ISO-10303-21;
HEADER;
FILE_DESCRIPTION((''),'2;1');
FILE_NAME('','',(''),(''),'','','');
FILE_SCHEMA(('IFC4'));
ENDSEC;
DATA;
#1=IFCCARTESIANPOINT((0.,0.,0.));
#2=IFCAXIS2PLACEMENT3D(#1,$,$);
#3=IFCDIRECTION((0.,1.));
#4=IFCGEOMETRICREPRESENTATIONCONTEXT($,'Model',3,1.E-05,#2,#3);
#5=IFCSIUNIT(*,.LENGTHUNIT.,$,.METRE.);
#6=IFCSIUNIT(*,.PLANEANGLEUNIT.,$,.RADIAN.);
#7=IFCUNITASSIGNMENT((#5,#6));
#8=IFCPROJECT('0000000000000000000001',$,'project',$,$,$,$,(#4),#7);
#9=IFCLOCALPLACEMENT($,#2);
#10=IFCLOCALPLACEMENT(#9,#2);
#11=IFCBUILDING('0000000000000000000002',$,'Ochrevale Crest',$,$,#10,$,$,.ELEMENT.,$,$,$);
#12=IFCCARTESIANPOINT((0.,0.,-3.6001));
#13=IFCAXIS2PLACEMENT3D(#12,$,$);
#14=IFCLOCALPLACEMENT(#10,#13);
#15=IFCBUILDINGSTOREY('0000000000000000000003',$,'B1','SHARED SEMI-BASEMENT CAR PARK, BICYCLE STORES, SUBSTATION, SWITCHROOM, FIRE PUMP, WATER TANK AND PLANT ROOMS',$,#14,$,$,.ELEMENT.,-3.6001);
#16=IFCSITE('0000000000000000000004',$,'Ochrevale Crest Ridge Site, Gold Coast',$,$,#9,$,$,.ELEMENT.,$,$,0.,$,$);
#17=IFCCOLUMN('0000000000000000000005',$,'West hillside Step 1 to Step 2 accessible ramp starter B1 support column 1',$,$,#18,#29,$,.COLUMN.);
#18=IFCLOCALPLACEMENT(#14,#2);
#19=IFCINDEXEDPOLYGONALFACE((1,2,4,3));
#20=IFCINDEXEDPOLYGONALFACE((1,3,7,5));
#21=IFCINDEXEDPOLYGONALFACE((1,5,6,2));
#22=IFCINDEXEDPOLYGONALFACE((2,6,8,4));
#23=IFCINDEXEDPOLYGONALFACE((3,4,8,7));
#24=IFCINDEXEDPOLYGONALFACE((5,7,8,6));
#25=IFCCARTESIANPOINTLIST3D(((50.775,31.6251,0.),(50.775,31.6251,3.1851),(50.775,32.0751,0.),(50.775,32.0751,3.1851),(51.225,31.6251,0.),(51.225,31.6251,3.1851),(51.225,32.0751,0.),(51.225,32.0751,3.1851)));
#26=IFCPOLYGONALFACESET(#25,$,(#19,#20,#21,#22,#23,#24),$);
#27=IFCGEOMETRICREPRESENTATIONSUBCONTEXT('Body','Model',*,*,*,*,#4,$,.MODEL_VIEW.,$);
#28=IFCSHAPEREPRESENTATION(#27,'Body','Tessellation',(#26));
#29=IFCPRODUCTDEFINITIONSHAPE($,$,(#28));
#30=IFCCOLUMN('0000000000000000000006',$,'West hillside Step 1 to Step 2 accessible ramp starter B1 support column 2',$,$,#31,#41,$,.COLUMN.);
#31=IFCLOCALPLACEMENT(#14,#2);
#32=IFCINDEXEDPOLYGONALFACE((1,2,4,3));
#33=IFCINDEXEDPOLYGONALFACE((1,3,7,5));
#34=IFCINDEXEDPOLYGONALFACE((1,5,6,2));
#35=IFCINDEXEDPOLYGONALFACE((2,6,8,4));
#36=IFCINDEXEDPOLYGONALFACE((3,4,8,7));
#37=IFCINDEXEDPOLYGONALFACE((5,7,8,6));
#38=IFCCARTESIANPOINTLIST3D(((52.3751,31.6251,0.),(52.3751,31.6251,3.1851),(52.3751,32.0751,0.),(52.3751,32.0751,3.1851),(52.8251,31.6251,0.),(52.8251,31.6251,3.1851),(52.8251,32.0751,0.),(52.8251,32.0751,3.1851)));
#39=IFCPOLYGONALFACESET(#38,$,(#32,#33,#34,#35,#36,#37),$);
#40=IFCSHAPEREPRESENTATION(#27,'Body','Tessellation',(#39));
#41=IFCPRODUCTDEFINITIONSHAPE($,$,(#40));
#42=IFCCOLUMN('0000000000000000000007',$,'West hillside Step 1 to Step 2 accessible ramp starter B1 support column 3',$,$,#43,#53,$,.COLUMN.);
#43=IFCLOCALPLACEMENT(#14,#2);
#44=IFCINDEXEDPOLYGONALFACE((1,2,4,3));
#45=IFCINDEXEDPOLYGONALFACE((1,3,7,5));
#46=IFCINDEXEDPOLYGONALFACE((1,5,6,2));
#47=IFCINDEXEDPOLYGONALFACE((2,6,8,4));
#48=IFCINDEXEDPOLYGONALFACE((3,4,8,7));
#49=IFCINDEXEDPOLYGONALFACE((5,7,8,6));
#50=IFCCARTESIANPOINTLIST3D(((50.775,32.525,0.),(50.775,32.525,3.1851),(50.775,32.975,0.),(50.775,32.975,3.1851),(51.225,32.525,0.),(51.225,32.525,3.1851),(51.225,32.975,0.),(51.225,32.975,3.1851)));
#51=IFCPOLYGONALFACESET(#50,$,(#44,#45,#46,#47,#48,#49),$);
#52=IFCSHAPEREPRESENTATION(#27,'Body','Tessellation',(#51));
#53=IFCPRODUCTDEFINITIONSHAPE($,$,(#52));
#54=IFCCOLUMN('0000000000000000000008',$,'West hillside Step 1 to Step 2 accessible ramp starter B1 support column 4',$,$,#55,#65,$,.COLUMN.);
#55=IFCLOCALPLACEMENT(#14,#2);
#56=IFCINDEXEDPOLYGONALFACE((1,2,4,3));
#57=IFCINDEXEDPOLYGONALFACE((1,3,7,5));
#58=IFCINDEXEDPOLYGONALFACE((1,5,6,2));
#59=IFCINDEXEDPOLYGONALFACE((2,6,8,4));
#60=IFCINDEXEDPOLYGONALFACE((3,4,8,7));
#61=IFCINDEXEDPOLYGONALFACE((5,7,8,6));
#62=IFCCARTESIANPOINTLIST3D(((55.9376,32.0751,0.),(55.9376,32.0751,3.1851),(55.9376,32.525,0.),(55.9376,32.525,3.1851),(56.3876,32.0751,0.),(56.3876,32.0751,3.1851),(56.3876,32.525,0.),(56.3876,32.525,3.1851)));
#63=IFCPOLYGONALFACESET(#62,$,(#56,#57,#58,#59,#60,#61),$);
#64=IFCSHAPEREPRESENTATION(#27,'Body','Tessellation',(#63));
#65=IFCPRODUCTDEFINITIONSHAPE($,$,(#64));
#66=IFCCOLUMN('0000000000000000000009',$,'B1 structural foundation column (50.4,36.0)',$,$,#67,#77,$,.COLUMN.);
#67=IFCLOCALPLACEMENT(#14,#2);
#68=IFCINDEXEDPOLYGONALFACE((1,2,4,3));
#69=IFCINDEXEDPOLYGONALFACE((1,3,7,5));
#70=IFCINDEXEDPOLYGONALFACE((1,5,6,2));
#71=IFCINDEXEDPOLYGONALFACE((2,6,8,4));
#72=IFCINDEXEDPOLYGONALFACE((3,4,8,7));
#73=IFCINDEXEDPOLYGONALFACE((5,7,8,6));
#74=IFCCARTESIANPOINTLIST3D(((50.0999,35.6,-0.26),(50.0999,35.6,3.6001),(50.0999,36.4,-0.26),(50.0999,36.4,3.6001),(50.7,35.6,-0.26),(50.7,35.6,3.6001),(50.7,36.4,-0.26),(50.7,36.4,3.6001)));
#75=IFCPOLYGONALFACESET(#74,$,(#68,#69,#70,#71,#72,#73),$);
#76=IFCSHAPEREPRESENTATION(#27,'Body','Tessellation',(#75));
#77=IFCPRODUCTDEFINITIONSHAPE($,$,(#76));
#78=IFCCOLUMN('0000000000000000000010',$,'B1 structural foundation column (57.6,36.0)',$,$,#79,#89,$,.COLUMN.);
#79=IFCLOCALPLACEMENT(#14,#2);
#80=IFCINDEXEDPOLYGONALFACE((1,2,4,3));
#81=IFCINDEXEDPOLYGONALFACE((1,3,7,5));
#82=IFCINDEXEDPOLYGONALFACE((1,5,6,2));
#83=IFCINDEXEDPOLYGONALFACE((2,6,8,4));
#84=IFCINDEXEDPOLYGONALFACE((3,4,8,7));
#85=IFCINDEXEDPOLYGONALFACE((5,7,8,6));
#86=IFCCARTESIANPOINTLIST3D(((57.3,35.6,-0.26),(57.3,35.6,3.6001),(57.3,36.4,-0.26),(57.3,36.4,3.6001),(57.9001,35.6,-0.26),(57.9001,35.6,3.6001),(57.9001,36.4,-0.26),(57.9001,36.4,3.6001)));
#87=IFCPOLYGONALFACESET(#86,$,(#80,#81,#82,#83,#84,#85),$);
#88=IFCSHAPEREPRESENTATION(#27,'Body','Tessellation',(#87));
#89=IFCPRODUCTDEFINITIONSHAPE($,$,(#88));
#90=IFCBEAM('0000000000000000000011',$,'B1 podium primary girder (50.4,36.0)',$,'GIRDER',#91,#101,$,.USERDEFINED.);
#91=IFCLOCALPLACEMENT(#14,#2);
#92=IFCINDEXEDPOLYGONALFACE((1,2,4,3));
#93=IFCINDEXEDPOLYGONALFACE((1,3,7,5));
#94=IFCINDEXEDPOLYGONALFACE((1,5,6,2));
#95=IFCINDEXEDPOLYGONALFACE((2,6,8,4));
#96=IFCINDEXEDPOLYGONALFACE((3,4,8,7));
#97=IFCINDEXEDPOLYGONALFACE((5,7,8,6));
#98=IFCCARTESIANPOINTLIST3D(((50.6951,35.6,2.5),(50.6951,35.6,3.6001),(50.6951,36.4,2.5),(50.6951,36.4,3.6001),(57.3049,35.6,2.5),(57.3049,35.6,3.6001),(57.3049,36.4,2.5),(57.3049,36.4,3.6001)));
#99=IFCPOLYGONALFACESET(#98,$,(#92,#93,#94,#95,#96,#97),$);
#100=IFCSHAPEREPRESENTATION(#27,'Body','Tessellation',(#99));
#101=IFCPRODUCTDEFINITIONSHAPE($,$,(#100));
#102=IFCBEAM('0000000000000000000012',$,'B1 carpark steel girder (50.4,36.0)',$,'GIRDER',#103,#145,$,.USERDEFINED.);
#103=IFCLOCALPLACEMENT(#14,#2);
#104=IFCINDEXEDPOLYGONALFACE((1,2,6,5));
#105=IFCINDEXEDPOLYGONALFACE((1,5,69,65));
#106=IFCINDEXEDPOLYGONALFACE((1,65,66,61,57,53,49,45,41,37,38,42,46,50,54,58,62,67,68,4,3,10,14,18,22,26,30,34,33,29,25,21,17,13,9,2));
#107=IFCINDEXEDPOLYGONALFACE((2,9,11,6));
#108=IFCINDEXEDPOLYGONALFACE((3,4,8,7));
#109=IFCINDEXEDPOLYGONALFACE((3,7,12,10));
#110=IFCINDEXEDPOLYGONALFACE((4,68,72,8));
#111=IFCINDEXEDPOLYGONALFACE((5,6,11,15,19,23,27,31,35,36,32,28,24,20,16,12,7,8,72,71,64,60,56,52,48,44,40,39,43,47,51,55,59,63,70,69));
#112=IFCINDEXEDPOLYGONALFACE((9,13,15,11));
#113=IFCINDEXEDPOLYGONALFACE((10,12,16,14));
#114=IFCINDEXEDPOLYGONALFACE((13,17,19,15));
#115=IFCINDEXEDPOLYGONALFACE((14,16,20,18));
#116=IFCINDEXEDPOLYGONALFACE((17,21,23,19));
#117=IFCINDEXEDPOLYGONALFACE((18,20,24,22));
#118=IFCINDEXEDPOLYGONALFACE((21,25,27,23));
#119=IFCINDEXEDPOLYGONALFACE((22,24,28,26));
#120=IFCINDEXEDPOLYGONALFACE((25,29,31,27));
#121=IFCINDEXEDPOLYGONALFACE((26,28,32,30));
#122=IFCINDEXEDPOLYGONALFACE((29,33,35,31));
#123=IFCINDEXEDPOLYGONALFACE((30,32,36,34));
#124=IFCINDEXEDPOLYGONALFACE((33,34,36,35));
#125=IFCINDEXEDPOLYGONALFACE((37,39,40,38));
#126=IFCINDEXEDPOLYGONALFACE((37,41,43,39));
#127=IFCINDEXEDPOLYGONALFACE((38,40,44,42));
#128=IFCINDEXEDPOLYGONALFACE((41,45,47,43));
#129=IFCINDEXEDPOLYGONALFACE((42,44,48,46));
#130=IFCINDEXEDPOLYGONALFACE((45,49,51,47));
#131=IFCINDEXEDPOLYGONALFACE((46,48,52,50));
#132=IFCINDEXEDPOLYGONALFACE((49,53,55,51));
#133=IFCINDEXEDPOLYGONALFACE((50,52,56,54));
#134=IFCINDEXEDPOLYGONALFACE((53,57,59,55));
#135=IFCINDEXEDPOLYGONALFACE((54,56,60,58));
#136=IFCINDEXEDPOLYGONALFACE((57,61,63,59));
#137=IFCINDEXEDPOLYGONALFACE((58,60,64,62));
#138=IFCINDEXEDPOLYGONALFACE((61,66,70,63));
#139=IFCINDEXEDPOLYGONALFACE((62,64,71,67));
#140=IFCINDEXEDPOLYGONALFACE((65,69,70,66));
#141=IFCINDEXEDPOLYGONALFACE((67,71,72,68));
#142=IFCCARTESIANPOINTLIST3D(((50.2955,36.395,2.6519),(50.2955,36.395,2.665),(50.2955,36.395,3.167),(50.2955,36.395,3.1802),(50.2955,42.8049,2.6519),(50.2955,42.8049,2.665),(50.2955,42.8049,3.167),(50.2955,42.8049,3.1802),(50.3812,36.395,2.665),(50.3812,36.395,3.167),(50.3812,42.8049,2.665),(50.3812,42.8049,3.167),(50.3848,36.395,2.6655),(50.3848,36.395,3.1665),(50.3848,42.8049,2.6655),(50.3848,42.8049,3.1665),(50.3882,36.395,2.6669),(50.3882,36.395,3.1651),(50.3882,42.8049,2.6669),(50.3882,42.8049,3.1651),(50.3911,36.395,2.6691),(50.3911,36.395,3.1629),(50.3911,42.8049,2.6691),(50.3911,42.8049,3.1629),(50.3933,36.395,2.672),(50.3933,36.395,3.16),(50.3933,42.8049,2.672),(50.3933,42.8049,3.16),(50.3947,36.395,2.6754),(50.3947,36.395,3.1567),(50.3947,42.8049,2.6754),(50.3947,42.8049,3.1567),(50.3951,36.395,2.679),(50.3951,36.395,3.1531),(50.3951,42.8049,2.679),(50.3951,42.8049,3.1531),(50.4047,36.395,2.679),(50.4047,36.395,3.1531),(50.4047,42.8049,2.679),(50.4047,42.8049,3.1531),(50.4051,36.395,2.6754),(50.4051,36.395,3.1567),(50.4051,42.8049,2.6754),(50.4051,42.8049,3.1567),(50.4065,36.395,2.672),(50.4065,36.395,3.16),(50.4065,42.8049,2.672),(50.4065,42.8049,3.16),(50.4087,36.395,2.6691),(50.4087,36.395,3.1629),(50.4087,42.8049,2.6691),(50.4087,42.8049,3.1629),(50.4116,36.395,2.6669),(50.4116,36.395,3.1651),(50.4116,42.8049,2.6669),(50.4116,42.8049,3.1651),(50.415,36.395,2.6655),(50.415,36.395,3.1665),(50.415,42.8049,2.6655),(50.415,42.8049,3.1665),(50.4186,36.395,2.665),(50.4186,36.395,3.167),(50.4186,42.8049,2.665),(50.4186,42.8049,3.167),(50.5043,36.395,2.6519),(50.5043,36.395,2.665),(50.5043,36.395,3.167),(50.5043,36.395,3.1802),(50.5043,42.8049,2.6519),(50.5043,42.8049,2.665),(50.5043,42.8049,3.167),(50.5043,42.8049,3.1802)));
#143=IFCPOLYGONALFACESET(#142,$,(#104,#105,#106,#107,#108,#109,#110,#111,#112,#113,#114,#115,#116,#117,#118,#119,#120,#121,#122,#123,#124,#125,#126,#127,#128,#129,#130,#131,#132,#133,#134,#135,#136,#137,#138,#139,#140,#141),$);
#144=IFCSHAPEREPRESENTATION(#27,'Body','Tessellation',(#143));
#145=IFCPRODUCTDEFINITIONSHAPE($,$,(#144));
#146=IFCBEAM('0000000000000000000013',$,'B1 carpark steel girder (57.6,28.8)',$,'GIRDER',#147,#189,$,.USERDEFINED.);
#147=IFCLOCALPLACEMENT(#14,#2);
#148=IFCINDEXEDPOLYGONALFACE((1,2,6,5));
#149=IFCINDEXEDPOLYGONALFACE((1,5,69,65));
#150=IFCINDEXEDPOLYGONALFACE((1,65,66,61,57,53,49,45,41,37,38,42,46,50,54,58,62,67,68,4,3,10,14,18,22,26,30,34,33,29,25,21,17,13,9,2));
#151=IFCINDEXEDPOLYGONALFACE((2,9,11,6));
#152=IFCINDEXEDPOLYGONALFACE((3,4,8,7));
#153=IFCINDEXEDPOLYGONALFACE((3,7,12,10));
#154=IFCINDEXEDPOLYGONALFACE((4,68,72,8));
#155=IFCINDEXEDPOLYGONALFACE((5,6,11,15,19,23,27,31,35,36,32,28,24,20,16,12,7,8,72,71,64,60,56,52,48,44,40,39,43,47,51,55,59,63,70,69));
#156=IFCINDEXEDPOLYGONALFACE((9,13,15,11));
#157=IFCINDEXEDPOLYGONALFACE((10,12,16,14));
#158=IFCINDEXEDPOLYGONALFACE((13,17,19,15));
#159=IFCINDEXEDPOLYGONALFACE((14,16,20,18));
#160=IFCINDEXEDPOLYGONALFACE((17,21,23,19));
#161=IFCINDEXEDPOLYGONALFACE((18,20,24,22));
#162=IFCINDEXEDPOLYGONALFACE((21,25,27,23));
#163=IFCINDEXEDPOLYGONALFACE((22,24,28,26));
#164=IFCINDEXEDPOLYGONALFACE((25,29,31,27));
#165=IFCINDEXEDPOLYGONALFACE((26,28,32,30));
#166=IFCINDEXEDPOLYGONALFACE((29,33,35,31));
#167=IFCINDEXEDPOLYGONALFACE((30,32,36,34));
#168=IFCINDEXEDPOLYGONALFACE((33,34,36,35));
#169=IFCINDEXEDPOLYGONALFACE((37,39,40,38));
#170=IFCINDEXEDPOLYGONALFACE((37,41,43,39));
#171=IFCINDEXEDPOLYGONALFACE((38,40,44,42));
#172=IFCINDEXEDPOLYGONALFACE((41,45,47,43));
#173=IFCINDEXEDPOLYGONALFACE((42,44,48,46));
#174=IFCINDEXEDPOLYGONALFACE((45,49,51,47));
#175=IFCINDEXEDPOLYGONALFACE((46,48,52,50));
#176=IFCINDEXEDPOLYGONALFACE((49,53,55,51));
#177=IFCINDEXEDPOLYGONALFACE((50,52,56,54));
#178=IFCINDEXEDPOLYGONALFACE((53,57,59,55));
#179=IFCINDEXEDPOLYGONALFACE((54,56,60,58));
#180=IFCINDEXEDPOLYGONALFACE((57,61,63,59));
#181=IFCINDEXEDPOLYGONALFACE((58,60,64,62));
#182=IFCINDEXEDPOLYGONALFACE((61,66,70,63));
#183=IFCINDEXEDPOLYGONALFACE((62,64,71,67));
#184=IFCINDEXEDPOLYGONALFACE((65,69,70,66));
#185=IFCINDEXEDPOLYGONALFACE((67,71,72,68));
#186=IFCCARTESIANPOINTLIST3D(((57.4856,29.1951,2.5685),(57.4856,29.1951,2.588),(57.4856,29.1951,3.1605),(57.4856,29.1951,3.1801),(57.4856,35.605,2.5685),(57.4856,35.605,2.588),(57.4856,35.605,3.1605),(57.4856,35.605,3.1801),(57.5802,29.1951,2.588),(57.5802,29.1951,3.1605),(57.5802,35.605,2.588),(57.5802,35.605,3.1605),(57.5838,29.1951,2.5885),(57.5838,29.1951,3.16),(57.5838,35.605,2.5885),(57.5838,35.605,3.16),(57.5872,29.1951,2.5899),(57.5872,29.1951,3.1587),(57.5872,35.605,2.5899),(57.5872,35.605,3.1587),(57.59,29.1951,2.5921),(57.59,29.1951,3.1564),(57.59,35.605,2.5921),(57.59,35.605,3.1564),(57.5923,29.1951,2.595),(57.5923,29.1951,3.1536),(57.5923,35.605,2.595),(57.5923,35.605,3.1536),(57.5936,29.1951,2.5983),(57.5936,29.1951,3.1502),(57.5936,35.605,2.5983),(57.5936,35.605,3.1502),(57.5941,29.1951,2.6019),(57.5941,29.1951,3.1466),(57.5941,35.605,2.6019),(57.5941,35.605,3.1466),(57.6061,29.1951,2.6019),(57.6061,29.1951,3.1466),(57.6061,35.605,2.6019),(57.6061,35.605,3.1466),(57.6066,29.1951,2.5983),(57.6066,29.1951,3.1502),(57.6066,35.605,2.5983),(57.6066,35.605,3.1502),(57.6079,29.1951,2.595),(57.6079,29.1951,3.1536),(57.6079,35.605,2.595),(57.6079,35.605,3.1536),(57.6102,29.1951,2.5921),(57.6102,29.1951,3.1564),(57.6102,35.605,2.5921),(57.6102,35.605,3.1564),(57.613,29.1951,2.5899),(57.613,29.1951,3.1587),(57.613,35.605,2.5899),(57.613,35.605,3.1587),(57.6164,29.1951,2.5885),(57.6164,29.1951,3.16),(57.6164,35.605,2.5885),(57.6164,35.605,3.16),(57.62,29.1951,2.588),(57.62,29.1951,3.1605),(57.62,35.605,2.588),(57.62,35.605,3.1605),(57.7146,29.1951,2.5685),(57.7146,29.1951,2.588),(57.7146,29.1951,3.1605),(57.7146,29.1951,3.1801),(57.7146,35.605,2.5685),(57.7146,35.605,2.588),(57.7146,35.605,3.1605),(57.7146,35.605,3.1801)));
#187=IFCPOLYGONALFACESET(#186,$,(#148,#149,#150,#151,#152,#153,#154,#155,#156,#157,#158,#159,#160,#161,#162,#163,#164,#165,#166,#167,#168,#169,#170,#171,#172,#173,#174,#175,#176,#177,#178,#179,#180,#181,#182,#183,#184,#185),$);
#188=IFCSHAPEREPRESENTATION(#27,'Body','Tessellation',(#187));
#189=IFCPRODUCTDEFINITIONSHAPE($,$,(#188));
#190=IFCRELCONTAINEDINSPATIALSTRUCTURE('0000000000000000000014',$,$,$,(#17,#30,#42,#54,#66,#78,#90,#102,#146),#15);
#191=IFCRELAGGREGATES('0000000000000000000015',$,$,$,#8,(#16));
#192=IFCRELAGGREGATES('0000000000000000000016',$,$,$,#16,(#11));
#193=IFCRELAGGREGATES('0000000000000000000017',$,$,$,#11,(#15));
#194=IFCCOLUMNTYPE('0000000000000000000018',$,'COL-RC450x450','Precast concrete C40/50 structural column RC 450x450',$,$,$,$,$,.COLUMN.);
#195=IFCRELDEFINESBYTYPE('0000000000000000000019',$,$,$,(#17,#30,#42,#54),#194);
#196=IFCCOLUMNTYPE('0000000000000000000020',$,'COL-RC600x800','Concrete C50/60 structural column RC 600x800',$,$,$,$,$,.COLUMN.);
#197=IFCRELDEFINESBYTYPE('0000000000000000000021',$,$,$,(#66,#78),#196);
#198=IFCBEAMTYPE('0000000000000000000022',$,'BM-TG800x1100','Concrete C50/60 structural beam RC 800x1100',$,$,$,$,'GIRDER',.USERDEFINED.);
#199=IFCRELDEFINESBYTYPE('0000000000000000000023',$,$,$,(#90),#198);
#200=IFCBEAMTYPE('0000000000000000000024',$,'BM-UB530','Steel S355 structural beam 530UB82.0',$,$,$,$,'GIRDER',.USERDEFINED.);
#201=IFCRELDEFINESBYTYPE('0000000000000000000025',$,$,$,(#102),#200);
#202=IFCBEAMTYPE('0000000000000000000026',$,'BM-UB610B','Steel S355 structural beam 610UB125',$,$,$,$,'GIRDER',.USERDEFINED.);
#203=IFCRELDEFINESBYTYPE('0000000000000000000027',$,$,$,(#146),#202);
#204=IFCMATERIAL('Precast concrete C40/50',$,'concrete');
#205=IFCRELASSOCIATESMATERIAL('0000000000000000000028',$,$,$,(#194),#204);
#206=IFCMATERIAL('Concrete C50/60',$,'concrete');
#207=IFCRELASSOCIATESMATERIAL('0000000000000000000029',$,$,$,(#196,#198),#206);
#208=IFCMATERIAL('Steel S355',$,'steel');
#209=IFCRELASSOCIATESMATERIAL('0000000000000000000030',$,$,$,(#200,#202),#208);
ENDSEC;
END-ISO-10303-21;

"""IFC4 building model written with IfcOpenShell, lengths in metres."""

from ifc_helpers import new_model, si_unit, direction, frame, origin, origin_2d, place, context, subcontext, project, spatial, rectangle, i_section, extrude, material, material_profile, profile_set, type_object, element, save


model = new_model("IFC4")

# Units and contexts
model_context = context("Model", 3, precision=1e-05, world=origin(), true_north=direction((0.0, 1.0)))
body_context = subcontext(model_context, "Body", "Model", "MODEL_VIEW")
ifc_project = project(units=[si_unit("LENGTHUNIT", "METRE"), si_unit("PLANEANGLEUNIT", "RADIAN")], contexts=[model_context])

# Site, building, storey
site_placement = place(None, origin())
site = spatial("IfcSite", under=ifc_project, at=site_placement, Name="Ochrevale Crest Ridge Site, Gold Coast", CompositionType="ELEMENT", RefElevation=0.0)
building_placement = place(site_placement, origin())
building = spatial("IfcBuilding", under=site, at=building_placement, Name="Ochrevale Crest", CompositionType="ELEMENT")
storey_placement = place(building_placement, frame((0.0, 0.0, -3.6001)))
storey = spatial("IfcBuildingStorey", under=building, at=storey_placement, Name="B1", Description="SHARED SEMI-BASEMENT CAR PARK, BICYCLE STORES, SUBSTATION, SWITCHROOM, FIRE PUMP, WATER TANK AND PLANT ROOMS", CompositionType="ELEMENT", Elevation=-3.6001)

# Columns
ifc_material_1 = material(Name="Precast concrete C40/50", Category="concrete")
ifc_material_profile_1 = material_profile(ifc_material_1, rectangle(XDim=0.45, YDim=0.45, at=origin_2d()), Name="RC 450x450")
ifc_profile_set_1 = profile_set([ifc_material_profile_1], Name="Precast concrete C40/50")
column_type_1 = type_object("IfcColumnType", Name="COL-RC450x450", Description="Precast concrete C40/50 structural column RC 450x450", PredefinedType="COLUMN", material=ifc_profile_set_1)
for number, where, z_axis, x_axis, name in (
    (1, (51.0, 31.8501, 0.0), (0.0, 0.0, 1.0), (1.0, 0.0, 0.0), "West hillside Step 1 to Step 2 accessible ramp starter B1 support column 1"),
    (2, (52.6001, 31.8501, 0.0), (0.0, 0.0, 1.0), (1.0, 0.0, 0.0), "West hillside Step 1 to Step 2 accessible ramp starter B1 support column 2"),
    (3, (51.0, 32.75, 0.0), (0.0, 0.0, 1.0), (1.0, 0.0, 0.0), "West hillside Step 1 to Step 2 accessible ramp starter B1 support column 3"),
    (4, (56.1626, 32.3, 0.0), (0.0, 0.0, 1.0), (1.0, 0.0, 0.0), "West hillside Step 1 to Step 2 accessible ramp starter B1 support column 4"),
):
    element("IfcColumn", number, at=place(storey_placement, frame(where, z_axis=z_axis, x_axis=x_axis)), inside=storey, type_object=column_type_1, Name=name, PredefinedType="COLUMN", context=body_context, shape_type="SweptSolid", body=[
        extrude(rectangle(XDim=0.45, YDim=0.45, at=origin_2d()), origin(), (0.0, 0.0, 1.0), 3.1851),
    ])
ifc_material_2 = material(Name="Concrete C50/60", Category="concrete")
ifc_material_profile_2 = material_profile(ifc_material_2, rectangle(XDim=0.6001, YDim=0.8, at=origin_2d()), Name="RC 600x800")
ifc_profile_set_2 = profile_set([ifc_material_profile_2], Name="Concrete C50/60")
column_type_2 = type_object("IfcColumnType", Name="COL-RC600x800", Description="Concrete C50/60 structural column RC 600x800", PredefinedType="COLUMN", material=ifc_profile_set_2)
for number, where, z_axis, x_axis, name in (
    (5, (50.3999, 36.0, -0.26), (0.0, 0.0, 1.0), (1.0, 0.0, 0.0), "B1 structural foundation column (50.4,36.0)"),
    (6, (57.6001, 36.0, -0.26), (0.0, 0.0, 1.0), (1.0, 0.0, 0.0), "B1 structural foundation column (57.6,36.0)"),
):
    element("IfcColumn", number, at=place(storey_placement, frame(where, z_axis=z_axis, x_axis=x_axis)), inside=storey, type_object=column_type_2, Name=name, PredefinedType="COLUMN", context=body_context, shape_type="SweptSolid", body=[
        extrude(rectangle(XDim=0.6001, YDim=0.8, at=origin_2d()), origin(), (0.0, 0.0, 1.0), 3.8601),
    ])

# Beams
ifc_material_profile_3 = material_profile(ifc_material_2, rectangle(XDim=0.8, YDim=1.1001, at=origin_2d()), Name="RC 800x1100")
ifc_profile_set_3 = profile_set([ifc_material_profile_3], Name="Concrete C50/60")
beam_type_1 = type_object("IfcBeamType", Name="BM-TG800x1100", Description="Concrete C50/60 structural beam RC 800x1100", ElementType="GIRDER", PredefinedType="USERDEFINED", material=ifc_profile_set_3)
beam_1_placement = place(storey_placement, frame((50.6951, 36.0, 3.05), z_axis=(1.0, 0.0, 0.0), x_axis=(0.0, 1.0, 0.0)))
element("IfcBeam", 7, at=beam_1_placement, inside=storey, type_object=beam_type_1, Name="B1 podium primary girder (50.4,36.0)", ObjectType="GIRDER", PredefinedType="USERDEFINED", context=body_context, shape_type="SweptSolid", body=[
    extrude(rectangle(XDim=0.8, YDim=1.1001, at=origin_2d()), origin(), (0.0, 0.0, 1.0), 6.6099),
])
ifc_material_3 = material(Name="Steel S355", Category="steel")
ifc_material_profile_4 = material_profile(ifc_material_3, i_section(OverallWidth=0.2087, OverallDepth=0.5283, WebThickness=0.0095, FlangeThickness=0.0132, FilletRadius=0.0139, at=origin_2d()), Name="530UB82.0")
ifc_profile_set_4 = profile_set([ifc_material_profile_4], Name="Steel S355")
beam_type_2 = type_object("IfcBeamType", Name="BM-UB530", Description="Steel S355 structural beam 530UB82.0", ElementType="GIRDER", PredefinedType="USERDEFINED", material=ifc_profile_set_4)
beam_2_placement = place(storey_placement, frame((50.3999, 36.395, 2.916), z_axis=(0.0, 1.0, 0.0), x_axis=(-1.0, 0.0, 0.0)))
element("IfcBeam", 8, at=beam_2_placement, inside=storey, type_object=beam_type_2, Name="B1 carpark steel girder (50.4,36.0)", ObjectType="GIRDER", PredefinedType="USERDEFINED", context=body_context, shape_type="SweptSolid", body=[
    extrude(i_section(OverallWidth=0.2087, OverallDepth=0.5283, WebThickness=0.0095, FlangeThickness=0.0132, FilletRadius=0.0139, at=origin_2d()), origin(), (0.0, 0.0, 1.0), 6.4099),
])
ifc_material_profile_5 = material_profile(ifc_material_3, i_section(OverallWidth=0.229, OverallDepth=0.6116, WebThickness=0.012, FlangeThickness=0.0195, FilletRadius=0.0139, at=origin_2d()), Name="610UB125")
ifc_profile_set_5 = profile_set([ifc_material_profile_5], Name="Steel S355")
beam_type_3 = type_object("IfcBeamType", Name="BM-UB610B", Description="Steel S355 structural beam 610UB125", ElementType="GIRDER", PredefinedType="USERDEFINED", material=ifc_profile_set_5)
beam_3_placement = place(storey_placement, frame((57.6001, 29.1951, 2.8743), z_axis=(0.0, 1.0, 0.0), x_axis=(-1.0, 0.0, 0.0)))
element("IfcBeam", 9, at=beam_3_placement, inside=storey, type_object=beam_type_3, Name="B1 carpark steel girder (57.6,28.8)", ObjectType="GIRDER", PredefinedType="USERDEFINED", context=body_context, shape_type="SweptSolid", body=[
    extrude(i_section(OverallWidth=0.229, OverallDepth=0.6116, WebThickness=0.012, FlangeThickness=0.0195, FilletRadius=0.0139, at=origin_2d()), origin(), (0.0, 0.0, 1.0), 6.4099),
])

save(model, "model.ifc")
